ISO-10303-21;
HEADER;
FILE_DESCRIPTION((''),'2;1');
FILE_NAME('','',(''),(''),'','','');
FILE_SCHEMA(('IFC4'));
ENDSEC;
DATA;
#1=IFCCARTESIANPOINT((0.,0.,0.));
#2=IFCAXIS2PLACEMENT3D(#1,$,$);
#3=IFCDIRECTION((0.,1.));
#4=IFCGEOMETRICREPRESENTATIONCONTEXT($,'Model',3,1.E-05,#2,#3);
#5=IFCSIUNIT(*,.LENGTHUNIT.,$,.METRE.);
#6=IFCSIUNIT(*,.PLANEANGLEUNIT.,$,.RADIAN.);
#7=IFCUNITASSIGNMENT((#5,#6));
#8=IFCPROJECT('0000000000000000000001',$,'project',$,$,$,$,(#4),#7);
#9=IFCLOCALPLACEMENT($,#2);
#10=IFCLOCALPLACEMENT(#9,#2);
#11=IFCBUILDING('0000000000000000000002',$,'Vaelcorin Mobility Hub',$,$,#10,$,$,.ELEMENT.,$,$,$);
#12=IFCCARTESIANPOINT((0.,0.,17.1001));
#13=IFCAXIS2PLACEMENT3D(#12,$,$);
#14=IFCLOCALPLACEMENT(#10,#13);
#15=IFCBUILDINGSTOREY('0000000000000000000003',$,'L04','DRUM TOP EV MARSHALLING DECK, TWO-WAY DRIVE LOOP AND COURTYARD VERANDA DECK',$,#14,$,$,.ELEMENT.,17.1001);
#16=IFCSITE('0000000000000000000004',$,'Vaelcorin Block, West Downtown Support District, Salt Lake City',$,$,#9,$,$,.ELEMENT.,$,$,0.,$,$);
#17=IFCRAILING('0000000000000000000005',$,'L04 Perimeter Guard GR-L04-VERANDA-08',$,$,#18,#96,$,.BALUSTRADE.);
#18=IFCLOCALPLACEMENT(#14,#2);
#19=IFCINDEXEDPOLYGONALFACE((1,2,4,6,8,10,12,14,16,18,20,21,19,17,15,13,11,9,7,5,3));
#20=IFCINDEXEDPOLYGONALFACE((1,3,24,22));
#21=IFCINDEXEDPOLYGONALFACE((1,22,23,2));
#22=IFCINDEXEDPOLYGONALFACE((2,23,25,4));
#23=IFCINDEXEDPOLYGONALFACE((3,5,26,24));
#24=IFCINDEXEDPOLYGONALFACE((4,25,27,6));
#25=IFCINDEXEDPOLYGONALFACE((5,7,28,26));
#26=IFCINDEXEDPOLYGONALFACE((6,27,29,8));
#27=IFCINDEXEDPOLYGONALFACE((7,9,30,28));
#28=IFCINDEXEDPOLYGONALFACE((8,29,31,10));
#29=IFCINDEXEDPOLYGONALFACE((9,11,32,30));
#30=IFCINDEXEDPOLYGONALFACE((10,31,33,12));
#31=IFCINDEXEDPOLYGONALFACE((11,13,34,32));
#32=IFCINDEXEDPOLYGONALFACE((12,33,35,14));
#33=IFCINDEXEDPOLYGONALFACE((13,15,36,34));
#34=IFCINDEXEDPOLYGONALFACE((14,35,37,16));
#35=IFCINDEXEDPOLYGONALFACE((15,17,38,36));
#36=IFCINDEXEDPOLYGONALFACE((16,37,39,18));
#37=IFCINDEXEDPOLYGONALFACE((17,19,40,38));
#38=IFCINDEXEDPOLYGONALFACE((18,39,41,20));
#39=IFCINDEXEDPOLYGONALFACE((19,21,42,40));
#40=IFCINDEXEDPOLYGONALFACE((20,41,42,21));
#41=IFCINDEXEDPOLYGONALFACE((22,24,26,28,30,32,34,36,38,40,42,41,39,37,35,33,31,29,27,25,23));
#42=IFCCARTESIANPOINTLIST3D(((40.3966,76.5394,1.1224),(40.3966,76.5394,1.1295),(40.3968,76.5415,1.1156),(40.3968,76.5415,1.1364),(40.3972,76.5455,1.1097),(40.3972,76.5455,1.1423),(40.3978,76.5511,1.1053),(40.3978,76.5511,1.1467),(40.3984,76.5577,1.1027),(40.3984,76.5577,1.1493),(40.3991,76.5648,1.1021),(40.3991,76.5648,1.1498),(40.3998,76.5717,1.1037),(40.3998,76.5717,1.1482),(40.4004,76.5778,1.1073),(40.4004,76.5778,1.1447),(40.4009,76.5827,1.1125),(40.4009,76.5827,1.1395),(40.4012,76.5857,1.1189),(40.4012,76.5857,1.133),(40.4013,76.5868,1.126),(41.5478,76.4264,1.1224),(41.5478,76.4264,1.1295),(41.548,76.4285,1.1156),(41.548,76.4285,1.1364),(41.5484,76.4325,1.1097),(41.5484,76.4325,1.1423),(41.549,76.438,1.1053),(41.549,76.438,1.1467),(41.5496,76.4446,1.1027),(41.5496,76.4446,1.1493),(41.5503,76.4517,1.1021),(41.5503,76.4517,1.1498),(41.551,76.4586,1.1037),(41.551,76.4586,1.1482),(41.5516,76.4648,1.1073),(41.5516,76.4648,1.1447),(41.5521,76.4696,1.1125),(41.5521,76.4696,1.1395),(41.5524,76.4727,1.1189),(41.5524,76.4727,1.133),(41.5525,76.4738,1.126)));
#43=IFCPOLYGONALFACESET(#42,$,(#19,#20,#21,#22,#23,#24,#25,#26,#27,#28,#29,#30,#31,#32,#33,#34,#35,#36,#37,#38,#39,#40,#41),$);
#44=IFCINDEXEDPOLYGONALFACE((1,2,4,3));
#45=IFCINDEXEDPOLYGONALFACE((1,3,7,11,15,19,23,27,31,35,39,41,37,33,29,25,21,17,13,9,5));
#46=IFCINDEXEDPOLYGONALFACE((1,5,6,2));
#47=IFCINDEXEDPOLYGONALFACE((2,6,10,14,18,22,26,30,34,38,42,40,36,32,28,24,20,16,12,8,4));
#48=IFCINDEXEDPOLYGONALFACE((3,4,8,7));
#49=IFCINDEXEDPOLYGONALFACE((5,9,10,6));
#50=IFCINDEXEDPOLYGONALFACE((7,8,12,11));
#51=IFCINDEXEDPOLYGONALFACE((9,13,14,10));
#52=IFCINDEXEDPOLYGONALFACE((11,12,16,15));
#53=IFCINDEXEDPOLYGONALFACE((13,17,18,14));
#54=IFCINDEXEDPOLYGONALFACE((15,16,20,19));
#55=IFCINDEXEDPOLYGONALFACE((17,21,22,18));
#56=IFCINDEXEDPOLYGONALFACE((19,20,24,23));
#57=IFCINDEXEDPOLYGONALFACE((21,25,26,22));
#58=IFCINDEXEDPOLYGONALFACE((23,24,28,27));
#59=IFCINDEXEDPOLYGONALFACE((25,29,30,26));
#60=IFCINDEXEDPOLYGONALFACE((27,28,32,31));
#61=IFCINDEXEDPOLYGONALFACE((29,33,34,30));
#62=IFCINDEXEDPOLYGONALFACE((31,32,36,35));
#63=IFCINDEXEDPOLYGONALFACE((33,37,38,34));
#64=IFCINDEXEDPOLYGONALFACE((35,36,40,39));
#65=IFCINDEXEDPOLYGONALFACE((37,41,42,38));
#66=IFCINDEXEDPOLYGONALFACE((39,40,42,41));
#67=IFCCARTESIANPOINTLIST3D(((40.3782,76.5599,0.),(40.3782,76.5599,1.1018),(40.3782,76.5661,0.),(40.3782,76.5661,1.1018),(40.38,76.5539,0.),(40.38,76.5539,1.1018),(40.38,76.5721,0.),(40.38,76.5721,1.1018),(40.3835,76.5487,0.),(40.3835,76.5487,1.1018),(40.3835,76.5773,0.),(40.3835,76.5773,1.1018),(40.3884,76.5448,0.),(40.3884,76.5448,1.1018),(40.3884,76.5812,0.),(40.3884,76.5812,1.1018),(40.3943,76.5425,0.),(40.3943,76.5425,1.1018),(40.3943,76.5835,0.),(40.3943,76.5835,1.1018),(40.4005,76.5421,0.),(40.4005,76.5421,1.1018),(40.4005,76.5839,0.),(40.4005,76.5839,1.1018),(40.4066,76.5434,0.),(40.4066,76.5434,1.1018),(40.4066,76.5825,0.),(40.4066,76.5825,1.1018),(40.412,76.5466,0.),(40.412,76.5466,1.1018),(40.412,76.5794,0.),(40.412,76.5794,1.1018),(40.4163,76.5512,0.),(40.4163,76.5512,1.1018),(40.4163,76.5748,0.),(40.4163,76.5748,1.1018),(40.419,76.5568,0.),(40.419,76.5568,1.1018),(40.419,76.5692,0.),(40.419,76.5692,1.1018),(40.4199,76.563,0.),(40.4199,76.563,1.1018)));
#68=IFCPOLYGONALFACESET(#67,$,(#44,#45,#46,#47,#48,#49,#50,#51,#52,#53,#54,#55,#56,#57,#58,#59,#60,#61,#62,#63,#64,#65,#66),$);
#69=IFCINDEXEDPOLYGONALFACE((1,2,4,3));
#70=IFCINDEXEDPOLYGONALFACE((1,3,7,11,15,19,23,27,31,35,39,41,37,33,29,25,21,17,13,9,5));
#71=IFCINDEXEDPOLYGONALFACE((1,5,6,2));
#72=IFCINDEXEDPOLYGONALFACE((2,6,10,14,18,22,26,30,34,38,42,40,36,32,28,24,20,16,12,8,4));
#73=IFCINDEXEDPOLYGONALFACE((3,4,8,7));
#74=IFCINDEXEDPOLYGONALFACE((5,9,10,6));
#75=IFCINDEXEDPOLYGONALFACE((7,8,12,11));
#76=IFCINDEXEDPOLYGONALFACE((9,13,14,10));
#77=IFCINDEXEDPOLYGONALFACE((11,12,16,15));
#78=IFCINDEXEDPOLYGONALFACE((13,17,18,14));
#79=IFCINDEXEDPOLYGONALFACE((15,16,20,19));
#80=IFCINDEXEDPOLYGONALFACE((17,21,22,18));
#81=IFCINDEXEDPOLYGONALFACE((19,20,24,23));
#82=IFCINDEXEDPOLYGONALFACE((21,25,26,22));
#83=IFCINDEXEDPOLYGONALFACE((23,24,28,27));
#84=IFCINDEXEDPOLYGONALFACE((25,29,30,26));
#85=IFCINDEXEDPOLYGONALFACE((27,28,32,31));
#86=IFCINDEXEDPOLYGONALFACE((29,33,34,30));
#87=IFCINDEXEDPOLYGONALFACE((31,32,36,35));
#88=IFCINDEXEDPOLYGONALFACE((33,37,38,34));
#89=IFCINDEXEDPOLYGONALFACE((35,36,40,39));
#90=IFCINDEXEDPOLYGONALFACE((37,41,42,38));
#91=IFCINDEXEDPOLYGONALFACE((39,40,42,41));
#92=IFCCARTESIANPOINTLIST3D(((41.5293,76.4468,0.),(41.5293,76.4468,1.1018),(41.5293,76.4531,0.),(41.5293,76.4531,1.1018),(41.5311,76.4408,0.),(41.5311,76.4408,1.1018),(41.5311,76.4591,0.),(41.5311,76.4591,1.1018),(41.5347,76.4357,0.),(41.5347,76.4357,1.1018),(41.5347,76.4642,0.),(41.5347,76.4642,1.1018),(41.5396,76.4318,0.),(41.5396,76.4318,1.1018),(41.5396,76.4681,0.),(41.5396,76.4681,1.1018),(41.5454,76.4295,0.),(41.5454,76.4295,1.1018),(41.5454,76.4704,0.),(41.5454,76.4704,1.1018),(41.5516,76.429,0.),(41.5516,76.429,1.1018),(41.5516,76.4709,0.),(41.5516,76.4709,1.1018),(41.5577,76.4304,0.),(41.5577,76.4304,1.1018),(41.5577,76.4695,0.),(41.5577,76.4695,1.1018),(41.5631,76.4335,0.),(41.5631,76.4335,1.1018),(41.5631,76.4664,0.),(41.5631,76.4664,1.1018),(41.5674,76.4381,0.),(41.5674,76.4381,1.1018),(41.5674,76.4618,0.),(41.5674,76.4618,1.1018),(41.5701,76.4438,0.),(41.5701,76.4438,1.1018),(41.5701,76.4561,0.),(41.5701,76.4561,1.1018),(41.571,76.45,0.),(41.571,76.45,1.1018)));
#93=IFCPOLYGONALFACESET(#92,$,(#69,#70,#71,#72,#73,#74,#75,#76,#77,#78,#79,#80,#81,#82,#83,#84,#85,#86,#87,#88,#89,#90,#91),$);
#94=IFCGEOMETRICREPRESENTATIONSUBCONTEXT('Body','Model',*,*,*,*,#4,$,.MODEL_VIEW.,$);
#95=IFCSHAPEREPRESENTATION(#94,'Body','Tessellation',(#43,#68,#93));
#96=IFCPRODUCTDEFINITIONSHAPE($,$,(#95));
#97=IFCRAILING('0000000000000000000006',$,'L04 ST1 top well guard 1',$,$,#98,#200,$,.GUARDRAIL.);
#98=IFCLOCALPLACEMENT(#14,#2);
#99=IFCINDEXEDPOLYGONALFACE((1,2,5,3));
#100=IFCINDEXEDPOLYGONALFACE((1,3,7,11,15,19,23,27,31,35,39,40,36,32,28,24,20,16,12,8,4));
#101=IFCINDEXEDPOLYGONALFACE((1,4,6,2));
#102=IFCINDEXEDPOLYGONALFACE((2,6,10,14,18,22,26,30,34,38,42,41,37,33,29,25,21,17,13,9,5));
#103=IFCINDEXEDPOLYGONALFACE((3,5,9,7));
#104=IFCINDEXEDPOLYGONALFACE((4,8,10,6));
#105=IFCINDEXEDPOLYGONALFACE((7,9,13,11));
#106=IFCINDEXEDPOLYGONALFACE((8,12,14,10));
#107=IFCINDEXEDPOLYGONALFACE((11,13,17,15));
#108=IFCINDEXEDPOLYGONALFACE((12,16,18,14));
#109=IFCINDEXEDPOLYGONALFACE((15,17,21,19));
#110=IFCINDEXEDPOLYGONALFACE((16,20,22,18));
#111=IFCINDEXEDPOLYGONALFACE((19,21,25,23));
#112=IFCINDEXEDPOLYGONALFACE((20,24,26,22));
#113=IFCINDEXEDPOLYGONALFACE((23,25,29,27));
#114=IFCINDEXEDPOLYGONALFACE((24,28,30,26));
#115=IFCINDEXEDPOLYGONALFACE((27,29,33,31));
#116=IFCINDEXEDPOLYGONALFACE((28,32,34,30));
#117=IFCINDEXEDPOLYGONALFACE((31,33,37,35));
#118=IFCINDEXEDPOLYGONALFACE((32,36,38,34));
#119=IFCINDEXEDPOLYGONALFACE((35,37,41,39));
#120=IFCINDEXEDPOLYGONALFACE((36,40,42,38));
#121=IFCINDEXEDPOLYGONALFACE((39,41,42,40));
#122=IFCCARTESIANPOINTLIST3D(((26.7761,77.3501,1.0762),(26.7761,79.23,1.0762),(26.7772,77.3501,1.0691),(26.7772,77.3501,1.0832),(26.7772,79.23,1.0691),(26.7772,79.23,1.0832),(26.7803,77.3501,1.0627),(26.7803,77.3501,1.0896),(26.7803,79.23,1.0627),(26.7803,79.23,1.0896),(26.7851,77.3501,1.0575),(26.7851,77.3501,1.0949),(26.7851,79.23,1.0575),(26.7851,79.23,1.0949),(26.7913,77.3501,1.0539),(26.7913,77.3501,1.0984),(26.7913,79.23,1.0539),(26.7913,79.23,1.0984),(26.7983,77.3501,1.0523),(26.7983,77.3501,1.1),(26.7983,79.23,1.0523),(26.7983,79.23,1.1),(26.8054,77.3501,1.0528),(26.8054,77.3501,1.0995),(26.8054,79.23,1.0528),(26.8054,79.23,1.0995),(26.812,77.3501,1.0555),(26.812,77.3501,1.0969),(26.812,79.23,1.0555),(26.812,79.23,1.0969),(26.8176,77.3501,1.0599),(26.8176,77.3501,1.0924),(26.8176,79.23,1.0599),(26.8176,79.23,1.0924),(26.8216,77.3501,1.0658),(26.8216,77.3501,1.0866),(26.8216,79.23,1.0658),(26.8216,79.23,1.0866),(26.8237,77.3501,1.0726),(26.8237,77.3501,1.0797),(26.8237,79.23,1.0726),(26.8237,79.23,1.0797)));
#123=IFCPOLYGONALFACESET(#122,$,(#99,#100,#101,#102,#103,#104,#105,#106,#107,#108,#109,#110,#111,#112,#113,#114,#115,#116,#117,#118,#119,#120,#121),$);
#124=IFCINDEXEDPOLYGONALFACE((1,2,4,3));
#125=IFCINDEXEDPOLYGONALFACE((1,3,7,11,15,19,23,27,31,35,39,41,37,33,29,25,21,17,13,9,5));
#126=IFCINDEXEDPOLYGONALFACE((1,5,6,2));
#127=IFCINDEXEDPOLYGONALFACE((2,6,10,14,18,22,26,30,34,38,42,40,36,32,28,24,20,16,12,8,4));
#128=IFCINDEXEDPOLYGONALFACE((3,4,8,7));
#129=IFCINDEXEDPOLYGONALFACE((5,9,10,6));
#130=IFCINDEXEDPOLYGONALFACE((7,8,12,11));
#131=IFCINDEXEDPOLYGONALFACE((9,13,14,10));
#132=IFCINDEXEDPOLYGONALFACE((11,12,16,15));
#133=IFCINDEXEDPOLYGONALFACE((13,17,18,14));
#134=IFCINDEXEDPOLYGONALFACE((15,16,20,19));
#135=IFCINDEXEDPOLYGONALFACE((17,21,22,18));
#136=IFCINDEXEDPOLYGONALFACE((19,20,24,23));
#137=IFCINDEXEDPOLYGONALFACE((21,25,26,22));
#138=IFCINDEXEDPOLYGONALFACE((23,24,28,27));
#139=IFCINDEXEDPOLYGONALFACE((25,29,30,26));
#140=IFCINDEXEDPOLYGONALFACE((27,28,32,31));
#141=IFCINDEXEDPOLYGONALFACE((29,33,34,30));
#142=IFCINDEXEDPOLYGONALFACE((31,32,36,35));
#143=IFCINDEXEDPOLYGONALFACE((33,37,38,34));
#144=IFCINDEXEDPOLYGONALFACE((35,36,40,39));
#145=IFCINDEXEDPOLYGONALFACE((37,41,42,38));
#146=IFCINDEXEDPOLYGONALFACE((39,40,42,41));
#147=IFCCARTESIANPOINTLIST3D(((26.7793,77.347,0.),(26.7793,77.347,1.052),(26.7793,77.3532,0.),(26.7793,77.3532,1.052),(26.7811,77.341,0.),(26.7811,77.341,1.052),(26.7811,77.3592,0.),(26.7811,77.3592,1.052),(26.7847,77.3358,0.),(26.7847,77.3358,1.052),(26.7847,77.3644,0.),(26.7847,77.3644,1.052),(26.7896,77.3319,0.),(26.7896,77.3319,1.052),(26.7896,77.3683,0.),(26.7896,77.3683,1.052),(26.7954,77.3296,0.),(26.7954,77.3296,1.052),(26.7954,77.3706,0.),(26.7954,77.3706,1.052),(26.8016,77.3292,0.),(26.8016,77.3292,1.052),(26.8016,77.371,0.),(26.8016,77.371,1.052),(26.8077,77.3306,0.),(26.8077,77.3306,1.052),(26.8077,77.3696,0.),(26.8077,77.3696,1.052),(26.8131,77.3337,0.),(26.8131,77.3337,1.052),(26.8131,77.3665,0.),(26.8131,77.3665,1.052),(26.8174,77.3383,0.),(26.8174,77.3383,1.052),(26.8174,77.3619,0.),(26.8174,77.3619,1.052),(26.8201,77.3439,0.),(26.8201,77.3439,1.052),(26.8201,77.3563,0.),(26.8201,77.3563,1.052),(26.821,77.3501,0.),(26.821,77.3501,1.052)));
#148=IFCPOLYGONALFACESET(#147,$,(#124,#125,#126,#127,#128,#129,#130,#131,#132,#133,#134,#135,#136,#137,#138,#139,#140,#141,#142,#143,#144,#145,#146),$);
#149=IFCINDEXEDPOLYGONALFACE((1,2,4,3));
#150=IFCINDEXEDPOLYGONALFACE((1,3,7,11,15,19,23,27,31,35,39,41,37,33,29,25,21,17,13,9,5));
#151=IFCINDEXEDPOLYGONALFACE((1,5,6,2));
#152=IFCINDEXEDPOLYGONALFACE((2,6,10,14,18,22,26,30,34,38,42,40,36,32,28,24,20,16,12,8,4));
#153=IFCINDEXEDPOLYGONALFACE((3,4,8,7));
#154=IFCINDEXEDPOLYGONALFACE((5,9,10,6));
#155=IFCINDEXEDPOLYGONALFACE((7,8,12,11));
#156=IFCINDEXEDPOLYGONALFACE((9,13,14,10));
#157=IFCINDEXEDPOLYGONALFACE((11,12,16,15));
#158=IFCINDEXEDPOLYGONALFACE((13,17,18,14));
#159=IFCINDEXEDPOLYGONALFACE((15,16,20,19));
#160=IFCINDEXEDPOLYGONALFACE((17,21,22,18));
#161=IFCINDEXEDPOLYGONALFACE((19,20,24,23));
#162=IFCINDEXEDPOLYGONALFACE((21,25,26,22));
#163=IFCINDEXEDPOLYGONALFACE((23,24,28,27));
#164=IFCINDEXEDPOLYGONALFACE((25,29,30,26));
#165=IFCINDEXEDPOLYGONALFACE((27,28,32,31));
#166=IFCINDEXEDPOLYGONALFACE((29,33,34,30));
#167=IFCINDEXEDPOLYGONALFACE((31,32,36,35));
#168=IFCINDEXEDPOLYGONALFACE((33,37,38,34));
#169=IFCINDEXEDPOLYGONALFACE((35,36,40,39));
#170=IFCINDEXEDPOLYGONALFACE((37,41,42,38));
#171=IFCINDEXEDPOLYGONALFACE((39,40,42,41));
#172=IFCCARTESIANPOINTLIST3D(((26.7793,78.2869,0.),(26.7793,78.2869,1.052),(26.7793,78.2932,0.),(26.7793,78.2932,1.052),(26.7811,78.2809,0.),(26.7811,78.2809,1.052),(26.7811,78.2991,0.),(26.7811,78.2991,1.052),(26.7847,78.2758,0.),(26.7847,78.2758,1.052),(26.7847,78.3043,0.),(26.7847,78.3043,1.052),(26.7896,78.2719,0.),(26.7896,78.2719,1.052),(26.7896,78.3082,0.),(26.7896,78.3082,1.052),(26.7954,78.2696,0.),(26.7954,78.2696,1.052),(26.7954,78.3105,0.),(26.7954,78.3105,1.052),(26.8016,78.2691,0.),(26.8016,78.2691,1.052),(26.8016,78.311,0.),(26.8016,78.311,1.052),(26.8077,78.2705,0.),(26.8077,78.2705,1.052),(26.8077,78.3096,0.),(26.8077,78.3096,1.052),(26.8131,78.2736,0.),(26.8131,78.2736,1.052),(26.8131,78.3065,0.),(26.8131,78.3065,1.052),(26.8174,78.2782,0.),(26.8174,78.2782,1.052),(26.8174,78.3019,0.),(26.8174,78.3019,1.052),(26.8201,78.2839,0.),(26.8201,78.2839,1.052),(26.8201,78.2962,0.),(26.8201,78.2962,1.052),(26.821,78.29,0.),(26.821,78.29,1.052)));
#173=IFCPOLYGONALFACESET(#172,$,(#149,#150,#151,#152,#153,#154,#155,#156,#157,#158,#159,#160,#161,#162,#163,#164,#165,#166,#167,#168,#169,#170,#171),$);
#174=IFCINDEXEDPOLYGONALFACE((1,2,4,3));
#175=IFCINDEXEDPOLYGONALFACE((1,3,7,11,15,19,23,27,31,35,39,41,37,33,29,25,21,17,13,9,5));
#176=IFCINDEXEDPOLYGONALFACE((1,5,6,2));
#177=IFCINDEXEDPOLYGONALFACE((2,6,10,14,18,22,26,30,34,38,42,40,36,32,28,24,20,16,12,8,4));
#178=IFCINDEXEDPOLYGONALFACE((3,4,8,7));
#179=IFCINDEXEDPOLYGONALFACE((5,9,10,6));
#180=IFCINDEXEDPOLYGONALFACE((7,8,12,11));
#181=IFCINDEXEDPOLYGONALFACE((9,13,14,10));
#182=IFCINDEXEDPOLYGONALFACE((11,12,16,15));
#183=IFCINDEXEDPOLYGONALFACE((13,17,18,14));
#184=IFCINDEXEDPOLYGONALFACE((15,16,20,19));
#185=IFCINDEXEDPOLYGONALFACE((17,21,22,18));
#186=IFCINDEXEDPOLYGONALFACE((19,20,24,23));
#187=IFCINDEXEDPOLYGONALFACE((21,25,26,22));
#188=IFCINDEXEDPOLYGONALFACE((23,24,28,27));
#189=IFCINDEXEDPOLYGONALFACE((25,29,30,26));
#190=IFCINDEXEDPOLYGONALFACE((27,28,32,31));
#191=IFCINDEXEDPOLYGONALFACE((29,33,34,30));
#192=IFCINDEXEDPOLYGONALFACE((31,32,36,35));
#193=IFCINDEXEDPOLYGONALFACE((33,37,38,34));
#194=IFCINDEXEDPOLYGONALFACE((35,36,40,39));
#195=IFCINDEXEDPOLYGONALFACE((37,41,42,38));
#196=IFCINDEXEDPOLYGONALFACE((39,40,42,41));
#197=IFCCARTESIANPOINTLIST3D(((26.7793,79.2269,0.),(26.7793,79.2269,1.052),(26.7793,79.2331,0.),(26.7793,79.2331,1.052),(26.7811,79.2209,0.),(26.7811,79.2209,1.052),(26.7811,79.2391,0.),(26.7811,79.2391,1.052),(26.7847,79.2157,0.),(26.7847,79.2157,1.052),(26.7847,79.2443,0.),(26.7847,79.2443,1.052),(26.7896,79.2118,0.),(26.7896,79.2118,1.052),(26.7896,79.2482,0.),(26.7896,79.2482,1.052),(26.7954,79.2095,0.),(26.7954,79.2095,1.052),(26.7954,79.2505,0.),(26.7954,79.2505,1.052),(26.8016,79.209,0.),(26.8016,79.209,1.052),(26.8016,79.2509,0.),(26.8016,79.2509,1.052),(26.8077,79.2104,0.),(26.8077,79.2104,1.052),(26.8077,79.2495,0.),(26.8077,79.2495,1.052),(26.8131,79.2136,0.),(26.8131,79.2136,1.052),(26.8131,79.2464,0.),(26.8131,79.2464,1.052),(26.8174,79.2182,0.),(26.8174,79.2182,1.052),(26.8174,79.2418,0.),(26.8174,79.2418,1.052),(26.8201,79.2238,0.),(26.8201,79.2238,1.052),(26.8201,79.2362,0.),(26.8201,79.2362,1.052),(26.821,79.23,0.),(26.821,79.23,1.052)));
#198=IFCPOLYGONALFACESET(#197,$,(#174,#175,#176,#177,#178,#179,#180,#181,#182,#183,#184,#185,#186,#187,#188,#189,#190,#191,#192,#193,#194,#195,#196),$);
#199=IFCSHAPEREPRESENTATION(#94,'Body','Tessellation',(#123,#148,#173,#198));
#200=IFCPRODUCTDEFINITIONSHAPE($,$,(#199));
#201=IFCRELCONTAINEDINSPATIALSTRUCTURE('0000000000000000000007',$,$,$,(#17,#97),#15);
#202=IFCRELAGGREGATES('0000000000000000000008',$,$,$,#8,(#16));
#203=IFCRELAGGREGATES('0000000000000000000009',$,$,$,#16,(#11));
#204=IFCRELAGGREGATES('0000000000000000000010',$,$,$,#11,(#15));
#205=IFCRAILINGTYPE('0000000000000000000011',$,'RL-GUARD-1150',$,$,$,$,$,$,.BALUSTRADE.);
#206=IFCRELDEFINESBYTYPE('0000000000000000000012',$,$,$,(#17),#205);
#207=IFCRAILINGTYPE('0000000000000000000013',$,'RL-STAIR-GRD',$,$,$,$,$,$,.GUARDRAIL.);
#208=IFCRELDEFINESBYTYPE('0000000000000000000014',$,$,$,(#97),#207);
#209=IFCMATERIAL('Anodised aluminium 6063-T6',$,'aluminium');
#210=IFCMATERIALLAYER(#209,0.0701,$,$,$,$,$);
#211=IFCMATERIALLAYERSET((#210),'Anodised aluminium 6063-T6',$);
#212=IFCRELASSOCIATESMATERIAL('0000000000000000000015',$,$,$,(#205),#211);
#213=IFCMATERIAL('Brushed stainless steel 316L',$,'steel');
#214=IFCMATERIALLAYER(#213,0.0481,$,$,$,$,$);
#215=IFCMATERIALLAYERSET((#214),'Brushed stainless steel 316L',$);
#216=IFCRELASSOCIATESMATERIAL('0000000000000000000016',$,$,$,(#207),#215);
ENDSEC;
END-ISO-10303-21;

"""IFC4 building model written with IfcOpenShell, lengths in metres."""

from ifc_helpers import new_model, si_unit, direction, frame, origin, origin_2d, place, context, subcontext, project, spatial, circle, extrude, material, layer, layer_set, type_object, element, save


model = new_model("IFC4")

# Units and contexts
model_context = context("Model", 3, precision=1e-05, world=origin(), true_north=direction((0.0, 1.0)))
body_context = subcontext(model_context, "Body", "Model", "MODEL_VIEW")
ifc_project = project(units=[si_unit("LENGTHUNIT", "METRE"), si_unit("PLANEANGLEUNIT", "RADIAN")], contexts=[model_context])

# Site, building, storey
site_placement = place(None, origin())
site = spatial("IfcSite", under=ifc_project, at=site_placement, Name="Vaelcorin Block, West Downtown Support District, Salt Lake City", CompositionType="ELEMENT", RefElevation=0.0)
building_placement = place(site_placement, origin())
building = spatial("IfcBuilding", under=site, at=building_placement, Name="Vaelcorin Mobility Hub", CompositionType="ELEMENT")
storey_placement = place(building_placement, frame((0.0, 0.0, 17.1001)))
storey = spatial("IfcBuildingStorey", under=building, at=storey_placement, Name="L04", Description="DRUM TOP EV MARSHALLING DECK, TWO-WAY DRIVE LOOP AND COURTYARD VERANDA DECK", CompositionType="ELEMENT", Elevation=17.1001)

# Railings
ifc_material_1 = material(Name="Anodised aluminium 6063-T6", Category="aluminium")
ifc_layer_1 = layer(ifc_material_1, 0.0701)
ifc_layer_set_1 = layer_set([ifc_layer_1], Name="Anodised aluminium 6063-T6")
railing_type_1 = type_object("IfcRailingType", Name="RL-GUARD-1150", PredefinedType="BALUSTRADE", material=ifc_layer_set_1)
railing_1_placement = place(storey_placement, frame((40.3989, 76.563, 0.0)))
element("IfcRailing", 1, at=railing_1_placement, inside=storey, type_object=railing_type_1, Name="L04 Perimeter Guard GR-L04-VERANDA-08", PredefinedType="BALUSTRADE", context=body_context, shape_type="SweptSolid", body=[
    extrude(circle(Radius=0.0239, at=origin_2d()), frame((0.0, 0.0, 1.126), z_axis=(0.995213, -0.097727, 0.0), x_axis=(0.097727, 0.995213, 0.0)), (0.0, 0.0, 1.0), 1.1567),
    extrude(circle(Radius=0.021, at=origin_2d()), origin(), (0.0, 0.0, 1.0), 1.1018),
    extrude(circle(Radius=0.021, at=origin_2d()), frame((1.1511, -0.113, 0.0)), (0.0, 0.0, 1.0), 1.1018),
])
ifc_material_2 = material(Name="Brushed stainless steel 316L", Category="steel")
ifc_layer_2 = layer(ifc_material_2, 0.0481)
ifc_layer_set_2 = layer_set([ifc_layer_2], Name="Brushed stainless steel 316L")
railing_type_2 = type_object("IfcRailingType", Name="RL-STAIR-GRD", PredefinedType="GUARDRAIL", material=ifc_layer_set_2)
railing_2_placement = place(storey_placement, frame((26.8, 77.3501, 0.0)))
element("IfcRailing", 2, at=railing_2_placement, inside=storey, type_object=railing_type_2, Name="L04 ST1 top well guard 1", PredefinedType="GUARDRAIL", context=body_context, shape_type="SweptSolid", body=[
    extrude(circle(Radius=0.0239, at=origin_2d()), frame((0.0, 0.0, 1.0762), z_axis=(0.0, 1.0, 0.0), x_axis=(-1.0, 0.0, 0.0)), (0.0, 0.0, 1.0), 1.8799),
    extrude(circle(Radius=0.021, at=origin_2d()), origin(), (0.0, 0.0, 1.0), 1.052),
    extrude(circle(Radius=0.021, at=origin_2d()), frame((0.0, 0.9399, 0.0)), (0.0, 0.0, 1.0), 1.052),
    extrude(circle(Radius=0.021, at=origin_2d()), frame((0.0, 1.8799, 0.0)), (0.0, 0.0, 1.0), 1.052),
])

save(model, "model.ifc")
